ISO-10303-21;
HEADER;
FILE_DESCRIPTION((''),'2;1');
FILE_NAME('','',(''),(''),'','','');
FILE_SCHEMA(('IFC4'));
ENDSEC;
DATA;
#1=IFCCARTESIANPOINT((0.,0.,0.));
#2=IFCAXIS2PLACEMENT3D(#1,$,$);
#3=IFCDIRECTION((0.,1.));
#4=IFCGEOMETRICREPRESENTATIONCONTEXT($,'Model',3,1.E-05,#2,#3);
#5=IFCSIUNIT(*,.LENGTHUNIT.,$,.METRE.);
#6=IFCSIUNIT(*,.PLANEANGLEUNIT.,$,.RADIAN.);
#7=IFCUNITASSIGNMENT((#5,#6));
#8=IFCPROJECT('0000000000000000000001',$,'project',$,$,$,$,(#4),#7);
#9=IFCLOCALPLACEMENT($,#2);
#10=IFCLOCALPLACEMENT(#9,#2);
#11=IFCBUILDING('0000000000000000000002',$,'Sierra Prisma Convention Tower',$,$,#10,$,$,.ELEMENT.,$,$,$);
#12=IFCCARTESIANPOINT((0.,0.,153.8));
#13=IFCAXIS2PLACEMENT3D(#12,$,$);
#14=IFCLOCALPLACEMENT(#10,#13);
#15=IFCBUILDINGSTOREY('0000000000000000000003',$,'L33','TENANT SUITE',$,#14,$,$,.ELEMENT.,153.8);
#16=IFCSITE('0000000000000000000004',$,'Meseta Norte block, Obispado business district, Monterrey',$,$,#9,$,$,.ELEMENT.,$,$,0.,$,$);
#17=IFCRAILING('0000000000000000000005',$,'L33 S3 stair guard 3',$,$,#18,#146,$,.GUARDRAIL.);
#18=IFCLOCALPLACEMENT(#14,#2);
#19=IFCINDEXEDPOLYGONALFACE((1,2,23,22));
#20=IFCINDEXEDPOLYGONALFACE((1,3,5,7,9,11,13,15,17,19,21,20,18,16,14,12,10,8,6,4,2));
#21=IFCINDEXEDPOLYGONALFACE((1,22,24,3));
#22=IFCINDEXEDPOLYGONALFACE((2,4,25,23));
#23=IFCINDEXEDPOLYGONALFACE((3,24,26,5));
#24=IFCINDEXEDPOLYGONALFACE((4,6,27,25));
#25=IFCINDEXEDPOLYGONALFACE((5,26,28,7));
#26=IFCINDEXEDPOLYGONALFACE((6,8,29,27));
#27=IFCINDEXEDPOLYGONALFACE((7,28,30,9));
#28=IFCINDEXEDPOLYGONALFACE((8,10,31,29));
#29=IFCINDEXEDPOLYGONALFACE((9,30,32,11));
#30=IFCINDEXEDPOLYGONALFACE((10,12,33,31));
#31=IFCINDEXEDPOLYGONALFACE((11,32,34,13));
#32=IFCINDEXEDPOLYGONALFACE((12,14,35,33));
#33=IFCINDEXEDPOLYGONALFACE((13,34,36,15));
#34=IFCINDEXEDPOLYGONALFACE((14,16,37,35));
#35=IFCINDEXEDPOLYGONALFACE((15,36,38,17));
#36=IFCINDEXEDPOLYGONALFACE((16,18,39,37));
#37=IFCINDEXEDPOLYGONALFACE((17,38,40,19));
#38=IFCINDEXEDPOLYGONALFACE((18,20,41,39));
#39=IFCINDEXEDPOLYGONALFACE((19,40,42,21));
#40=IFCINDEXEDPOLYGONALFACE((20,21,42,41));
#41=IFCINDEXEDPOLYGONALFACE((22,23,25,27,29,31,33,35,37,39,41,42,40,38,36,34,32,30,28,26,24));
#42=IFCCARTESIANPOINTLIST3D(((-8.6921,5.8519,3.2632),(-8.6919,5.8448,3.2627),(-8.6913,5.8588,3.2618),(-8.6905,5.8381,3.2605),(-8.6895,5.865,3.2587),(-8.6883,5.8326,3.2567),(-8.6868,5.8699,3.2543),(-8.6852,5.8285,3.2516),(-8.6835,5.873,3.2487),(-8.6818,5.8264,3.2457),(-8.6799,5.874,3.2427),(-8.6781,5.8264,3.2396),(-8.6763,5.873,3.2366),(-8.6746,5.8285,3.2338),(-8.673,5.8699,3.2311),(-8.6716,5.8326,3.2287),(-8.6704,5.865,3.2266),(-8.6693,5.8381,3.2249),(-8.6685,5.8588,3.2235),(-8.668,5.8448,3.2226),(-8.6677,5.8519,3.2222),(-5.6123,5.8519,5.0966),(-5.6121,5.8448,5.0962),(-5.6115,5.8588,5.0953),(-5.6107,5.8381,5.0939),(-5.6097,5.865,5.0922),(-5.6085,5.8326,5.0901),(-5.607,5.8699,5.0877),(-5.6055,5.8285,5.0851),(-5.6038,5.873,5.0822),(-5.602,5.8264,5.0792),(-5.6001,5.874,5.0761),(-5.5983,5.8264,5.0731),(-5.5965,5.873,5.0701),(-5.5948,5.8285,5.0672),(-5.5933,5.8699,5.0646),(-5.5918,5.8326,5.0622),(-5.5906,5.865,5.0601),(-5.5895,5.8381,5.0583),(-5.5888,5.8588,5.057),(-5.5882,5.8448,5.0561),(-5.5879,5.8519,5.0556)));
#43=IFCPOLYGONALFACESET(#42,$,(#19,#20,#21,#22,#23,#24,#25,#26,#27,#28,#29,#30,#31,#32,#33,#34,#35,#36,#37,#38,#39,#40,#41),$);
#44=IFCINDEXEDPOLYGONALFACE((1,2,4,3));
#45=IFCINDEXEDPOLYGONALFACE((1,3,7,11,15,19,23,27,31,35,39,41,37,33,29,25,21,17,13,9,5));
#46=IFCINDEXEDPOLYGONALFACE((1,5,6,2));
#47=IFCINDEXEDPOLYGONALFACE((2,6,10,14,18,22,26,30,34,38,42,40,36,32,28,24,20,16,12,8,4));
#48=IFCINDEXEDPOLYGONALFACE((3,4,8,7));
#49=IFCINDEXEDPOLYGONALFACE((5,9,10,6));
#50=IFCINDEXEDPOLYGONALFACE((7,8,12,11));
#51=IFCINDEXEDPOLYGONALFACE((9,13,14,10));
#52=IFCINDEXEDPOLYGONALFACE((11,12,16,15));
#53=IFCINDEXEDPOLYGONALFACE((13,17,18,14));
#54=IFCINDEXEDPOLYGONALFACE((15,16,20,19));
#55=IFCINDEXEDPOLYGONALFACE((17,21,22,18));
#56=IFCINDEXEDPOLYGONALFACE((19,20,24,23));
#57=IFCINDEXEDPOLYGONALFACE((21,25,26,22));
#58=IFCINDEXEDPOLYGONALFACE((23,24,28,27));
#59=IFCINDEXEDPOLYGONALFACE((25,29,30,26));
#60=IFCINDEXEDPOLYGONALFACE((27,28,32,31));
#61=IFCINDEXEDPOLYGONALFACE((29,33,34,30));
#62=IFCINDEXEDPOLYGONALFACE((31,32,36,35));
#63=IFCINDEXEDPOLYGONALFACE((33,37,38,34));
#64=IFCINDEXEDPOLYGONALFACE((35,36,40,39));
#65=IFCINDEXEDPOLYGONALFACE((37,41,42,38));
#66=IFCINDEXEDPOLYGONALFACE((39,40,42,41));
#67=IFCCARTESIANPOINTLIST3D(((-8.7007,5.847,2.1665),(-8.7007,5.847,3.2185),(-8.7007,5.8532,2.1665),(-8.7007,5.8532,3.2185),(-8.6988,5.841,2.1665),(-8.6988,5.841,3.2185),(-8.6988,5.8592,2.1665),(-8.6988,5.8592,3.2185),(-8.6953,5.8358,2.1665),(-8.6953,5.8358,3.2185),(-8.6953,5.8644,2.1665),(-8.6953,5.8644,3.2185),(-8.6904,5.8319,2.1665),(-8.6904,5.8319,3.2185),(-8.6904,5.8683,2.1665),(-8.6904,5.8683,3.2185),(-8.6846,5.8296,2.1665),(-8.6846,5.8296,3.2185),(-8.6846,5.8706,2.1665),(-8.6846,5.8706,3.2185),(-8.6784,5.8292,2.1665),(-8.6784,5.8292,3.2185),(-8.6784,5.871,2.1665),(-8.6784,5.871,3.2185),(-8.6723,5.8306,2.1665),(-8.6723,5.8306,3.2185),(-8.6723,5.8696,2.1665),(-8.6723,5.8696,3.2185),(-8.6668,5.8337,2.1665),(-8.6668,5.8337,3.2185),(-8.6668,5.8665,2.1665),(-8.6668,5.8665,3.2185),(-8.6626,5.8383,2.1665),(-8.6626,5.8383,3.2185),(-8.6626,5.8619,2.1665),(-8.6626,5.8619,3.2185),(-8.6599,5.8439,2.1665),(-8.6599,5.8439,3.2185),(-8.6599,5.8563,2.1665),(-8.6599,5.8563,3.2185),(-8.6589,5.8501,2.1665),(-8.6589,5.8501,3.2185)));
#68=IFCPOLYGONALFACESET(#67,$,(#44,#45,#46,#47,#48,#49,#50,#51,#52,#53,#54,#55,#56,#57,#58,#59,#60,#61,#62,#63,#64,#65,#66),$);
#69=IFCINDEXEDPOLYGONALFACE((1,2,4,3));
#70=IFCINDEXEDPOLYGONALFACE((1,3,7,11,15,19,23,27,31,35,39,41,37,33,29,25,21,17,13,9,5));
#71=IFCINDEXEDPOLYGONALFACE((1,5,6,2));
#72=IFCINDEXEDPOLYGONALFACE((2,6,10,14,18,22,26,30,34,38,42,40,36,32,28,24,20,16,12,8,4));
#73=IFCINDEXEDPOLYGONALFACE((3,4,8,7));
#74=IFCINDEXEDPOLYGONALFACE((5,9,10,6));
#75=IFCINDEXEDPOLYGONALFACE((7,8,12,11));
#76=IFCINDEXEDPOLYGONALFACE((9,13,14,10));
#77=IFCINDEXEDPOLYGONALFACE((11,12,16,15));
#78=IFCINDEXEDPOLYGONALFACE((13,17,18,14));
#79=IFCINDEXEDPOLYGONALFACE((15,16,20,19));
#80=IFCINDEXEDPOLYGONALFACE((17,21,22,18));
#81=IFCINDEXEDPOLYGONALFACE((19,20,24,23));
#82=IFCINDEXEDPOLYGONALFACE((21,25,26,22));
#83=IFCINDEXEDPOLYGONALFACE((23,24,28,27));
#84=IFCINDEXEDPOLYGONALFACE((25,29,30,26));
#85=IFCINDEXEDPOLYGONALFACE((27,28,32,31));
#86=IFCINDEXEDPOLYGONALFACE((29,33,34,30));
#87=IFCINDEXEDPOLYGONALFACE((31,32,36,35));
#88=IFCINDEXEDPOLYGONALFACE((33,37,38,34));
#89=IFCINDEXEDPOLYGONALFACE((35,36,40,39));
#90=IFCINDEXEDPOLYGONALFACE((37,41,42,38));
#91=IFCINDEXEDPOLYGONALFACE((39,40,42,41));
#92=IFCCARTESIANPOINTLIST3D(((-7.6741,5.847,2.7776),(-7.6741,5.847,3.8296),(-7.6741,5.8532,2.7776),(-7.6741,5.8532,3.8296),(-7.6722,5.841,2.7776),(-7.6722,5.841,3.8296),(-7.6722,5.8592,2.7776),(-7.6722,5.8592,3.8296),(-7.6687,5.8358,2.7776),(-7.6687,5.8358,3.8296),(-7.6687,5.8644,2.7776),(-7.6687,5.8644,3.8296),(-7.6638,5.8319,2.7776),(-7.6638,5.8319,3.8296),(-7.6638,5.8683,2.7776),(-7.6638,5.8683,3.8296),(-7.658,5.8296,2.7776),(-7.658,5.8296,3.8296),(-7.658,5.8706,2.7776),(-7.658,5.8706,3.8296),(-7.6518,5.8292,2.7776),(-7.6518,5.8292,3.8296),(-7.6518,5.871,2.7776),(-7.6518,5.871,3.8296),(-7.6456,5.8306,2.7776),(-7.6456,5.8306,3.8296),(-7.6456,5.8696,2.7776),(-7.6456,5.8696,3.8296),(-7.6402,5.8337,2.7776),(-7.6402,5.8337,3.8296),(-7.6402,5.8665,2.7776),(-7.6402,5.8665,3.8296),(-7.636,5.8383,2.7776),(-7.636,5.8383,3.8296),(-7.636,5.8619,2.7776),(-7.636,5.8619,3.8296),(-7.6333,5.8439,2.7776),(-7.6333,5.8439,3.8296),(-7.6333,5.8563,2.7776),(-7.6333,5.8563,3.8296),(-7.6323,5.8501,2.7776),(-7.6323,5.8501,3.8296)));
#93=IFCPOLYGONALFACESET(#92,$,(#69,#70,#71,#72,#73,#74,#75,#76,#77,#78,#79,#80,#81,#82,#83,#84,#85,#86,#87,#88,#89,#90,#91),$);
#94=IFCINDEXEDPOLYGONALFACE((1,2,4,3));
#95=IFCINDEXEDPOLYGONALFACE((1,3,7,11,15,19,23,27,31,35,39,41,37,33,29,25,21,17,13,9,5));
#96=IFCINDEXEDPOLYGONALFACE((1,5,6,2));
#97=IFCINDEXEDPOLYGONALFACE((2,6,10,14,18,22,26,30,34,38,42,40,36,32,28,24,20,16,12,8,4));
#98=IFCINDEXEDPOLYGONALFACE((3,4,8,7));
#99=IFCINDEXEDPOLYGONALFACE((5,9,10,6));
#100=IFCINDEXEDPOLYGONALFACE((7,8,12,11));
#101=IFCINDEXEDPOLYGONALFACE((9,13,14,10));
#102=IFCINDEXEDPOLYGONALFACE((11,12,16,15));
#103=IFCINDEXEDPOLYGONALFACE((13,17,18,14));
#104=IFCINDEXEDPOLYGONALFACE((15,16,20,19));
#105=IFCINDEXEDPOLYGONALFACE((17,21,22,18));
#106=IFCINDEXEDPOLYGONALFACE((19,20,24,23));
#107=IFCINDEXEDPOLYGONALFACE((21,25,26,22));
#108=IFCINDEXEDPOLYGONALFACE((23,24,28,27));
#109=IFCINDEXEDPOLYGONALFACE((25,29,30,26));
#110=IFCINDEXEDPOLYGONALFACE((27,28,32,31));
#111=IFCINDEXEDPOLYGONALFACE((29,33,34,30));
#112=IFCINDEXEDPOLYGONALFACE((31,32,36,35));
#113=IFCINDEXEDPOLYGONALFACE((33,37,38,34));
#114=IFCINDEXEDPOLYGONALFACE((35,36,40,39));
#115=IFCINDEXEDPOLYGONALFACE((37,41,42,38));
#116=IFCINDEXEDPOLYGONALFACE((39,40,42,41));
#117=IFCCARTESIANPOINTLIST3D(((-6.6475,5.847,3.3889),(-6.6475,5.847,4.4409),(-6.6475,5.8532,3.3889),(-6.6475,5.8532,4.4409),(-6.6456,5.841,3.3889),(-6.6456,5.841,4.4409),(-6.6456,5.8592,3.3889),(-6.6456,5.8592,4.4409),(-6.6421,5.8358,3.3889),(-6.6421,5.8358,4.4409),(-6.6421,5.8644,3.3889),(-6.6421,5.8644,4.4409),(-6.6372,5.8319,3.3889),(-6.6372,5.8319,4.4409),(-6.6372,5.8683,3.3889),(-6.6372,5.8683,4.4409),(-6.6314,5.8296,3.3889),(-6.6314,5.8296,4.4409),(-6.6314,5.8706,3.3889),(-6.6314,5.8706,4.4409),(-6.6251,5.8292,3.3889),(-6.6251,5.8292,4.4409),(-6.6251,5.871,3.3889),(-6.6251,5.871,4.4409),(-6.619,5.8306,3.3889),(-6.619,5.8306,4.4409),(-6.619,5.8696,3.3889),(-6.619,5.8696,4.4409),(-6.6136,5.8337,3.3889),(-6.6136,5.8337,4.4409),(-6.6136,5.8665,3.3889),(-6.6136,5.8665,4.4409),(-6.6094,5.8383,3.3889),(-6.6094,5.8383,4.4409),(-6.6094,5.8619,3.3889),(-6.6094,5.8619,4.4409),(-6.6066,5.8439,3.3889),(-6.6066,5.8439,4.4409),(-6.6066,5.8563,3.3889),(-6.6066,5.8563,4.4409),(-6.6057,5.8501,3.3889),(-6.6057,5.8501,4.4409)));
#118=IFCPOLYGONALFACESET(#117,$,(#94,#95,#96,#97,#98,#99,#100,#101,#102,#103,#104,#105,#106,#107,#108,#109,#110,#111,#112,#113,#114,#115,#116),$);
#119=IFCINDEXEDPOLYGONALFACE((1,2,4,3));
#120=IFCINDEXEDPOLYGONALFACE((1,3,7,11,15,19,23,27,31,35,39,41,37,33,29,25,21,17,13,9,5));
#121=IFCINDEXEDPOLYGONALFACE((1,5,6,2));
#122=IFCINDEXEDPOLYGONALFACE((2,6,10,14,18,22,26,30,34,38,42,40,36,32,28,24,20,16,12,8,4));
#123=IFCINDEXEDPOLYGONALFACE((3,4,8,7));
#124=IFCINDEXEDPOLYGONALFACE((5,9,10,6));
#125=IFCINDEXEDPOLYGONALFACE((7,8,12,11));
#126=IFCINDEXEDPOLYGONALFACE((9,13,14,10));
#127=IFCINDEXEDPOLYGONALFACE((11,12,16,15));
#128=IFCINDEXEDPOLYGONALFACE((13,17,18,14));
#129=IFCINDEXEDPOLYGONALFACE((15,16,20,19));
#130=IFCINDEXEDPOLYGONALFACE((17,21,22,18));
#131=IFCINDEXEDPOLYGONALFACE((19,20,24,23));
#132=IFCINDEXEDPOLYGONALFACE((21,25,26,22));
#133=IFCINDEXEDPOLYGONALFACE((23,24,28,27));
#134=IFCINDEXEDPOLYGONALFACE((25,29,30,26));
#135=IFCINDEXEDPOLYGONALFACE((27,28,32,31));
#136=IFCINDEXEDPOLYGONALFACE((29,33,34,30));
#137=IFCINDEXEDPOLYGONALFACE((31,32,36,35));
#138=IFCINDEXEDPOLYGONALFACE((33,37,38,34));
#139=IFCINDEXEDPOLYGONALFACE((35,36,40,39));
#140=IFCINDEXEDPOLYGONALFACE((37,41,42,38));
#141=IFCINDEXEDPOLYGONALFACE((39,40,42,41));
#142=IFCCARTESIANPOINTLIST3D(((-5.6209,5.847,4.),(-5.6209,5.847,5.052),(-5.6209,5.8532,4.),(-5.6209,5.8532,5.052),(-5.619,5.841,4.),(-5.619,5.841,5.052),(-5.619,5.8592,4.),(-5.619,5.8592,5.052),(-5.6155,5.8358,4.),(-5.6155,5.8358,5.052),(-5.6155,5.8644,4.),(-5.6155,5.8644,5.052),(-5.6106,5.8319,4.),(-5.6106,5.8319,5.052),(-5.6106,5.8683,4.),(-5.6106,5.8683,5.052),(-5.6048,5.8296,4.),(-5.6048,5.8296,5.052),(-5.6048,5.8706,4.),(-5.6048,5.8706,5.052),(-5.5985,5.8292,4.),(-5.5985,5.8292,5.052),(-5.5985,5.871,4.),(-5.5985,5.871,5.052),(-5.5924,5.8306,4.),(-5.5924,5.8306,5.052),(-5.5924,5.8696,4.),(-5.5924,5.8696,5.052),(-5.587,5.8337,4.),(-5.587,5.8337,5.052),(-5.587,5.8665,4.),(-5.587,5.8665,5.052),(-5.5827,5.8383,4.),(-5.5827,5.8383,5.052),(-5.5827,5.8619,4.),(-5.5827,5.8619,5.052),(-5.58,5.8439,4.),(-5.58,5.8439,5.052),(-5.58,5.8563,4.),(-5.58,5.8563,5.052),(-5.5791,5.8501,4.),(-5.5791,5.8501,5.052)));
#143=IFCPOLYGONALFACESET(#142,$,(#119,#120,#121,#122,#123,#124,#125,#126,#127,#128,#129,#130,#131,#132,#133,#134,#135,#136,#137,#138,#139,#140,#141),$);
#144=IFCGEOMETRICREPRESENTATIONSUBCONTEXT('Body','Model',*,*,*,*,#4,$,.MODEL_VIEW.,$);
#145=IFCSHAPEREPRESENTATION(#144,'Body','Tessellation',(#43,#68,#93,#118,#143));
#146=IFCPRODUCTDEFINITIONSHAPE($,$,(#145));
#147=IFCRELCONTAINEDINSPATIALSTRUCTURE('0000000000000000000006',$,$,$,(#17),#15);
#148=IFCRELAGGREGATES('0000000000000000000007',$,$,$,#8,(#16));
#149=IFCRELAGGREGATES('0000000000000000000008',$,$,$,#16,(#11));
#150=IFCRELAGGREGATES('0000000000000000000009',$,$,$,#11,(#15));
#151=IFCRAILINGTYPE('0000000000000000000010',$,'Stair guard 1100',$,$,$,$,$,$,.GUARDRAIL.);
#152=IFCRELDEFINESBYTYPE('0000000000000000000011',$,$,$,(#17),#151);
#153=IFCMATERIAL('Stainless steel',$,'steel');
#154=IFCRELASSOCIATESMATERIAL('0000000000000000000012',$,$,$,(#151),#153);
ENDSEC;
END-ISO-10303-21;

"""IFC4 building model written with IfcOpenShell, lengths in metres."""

from ifc_helpers import new_model, si_unit, direction, frame, origin, origin_2d, place, context, subcontext, project, spatial, circle, extrude, material, type_object, element, save


model = new_model("IFC4")

# Units and contexts
model_context = context("Model", 3, precision=1e-05, world=origin(), true_north=direction((0.0, 1.0)))
body_context = subcontext(model_context, "Body", "Model", "MODEL_VIEW")
ifc_project = project(units=[si_unit("LENGTHUNIT", "METRE"), si_unit("PLANEANGLEUNIT", "RADIAN")], contexts=[model_context])

# Site, building, storey
site_placement = place(None, origin())
site = spatial("IfcSite", under=ifc_project, at=site_placement, Name="Meseta Norte block, Obispado business district, Monterrey", CompositionType="ELEMENT", RefElevation=0.0)
building_placement = place(site_placement, origin())
building = spatial("IfcBuilding", under=site, at=building_placement, Name="Sierra Prisma Convention Tower", CompositionType="ELEMENT")
storey_placement = place(building_placement, frame((0.0, 0.0, 153.8)))
storey = spatial("IfcBuildingStorey", under=building, at=storey_placement, Name="L33", Description="TENANT SUITE", CompositionType="ELEMENT", Elevation=153.8)

# Railing
ifc_material_1 = material(Name="Stainless steel", Category="steel")
railing_type_1 = type_object("IfcRailingType", Name="Stair guard 1100", PredefinedType="GUARDRAIL", material=ifc_material_1)
railing_1_placement = place(storey_placement, frame((-8.6799, 5.8501, 2.1665)))
element("IfcRailing", 1, at=railing_1_placement, inside=storey, type_object=railing_type_1, Name="L33 S3 stair guard 3", PredefinedType="GUARDRAIL", context=body_context, shape_type="SweptSolid", body=[
    extrude(circle(Radius=0.0239, at=origin_2d()), frame((0.0, 0.0, 1.0762), z_axis=(0.859261, 0.0, 0.511538), x_axis=(0.0, 1.0, 0.0)), (0.0, 0.0, 1.0), 3.5842),
    extrude(circle(Radius=0.021, at=origin_2d()), origin(), (0.0, 0.0, 1.0), 1.052),
    extrude(circle(Radius=0.021, at=origin_2d()), frame((1.0266, 0.0, 0.6111)), (0.0, 0.0, 1.0), 1.052),
    extrude(circle(Radius=0.021, at=origin_2d()), frame((2.0532, 0.0, 1.2224)), (0.0, 0.0, 1.0), 1.052),
    extrude(circle(Radius=0.021, at=origin_2d()), frame((3.0798, 0.0, 1.8335)), (0.0, 0.0, 1.0), 1.052),
])

save(model, "model.ifc")
